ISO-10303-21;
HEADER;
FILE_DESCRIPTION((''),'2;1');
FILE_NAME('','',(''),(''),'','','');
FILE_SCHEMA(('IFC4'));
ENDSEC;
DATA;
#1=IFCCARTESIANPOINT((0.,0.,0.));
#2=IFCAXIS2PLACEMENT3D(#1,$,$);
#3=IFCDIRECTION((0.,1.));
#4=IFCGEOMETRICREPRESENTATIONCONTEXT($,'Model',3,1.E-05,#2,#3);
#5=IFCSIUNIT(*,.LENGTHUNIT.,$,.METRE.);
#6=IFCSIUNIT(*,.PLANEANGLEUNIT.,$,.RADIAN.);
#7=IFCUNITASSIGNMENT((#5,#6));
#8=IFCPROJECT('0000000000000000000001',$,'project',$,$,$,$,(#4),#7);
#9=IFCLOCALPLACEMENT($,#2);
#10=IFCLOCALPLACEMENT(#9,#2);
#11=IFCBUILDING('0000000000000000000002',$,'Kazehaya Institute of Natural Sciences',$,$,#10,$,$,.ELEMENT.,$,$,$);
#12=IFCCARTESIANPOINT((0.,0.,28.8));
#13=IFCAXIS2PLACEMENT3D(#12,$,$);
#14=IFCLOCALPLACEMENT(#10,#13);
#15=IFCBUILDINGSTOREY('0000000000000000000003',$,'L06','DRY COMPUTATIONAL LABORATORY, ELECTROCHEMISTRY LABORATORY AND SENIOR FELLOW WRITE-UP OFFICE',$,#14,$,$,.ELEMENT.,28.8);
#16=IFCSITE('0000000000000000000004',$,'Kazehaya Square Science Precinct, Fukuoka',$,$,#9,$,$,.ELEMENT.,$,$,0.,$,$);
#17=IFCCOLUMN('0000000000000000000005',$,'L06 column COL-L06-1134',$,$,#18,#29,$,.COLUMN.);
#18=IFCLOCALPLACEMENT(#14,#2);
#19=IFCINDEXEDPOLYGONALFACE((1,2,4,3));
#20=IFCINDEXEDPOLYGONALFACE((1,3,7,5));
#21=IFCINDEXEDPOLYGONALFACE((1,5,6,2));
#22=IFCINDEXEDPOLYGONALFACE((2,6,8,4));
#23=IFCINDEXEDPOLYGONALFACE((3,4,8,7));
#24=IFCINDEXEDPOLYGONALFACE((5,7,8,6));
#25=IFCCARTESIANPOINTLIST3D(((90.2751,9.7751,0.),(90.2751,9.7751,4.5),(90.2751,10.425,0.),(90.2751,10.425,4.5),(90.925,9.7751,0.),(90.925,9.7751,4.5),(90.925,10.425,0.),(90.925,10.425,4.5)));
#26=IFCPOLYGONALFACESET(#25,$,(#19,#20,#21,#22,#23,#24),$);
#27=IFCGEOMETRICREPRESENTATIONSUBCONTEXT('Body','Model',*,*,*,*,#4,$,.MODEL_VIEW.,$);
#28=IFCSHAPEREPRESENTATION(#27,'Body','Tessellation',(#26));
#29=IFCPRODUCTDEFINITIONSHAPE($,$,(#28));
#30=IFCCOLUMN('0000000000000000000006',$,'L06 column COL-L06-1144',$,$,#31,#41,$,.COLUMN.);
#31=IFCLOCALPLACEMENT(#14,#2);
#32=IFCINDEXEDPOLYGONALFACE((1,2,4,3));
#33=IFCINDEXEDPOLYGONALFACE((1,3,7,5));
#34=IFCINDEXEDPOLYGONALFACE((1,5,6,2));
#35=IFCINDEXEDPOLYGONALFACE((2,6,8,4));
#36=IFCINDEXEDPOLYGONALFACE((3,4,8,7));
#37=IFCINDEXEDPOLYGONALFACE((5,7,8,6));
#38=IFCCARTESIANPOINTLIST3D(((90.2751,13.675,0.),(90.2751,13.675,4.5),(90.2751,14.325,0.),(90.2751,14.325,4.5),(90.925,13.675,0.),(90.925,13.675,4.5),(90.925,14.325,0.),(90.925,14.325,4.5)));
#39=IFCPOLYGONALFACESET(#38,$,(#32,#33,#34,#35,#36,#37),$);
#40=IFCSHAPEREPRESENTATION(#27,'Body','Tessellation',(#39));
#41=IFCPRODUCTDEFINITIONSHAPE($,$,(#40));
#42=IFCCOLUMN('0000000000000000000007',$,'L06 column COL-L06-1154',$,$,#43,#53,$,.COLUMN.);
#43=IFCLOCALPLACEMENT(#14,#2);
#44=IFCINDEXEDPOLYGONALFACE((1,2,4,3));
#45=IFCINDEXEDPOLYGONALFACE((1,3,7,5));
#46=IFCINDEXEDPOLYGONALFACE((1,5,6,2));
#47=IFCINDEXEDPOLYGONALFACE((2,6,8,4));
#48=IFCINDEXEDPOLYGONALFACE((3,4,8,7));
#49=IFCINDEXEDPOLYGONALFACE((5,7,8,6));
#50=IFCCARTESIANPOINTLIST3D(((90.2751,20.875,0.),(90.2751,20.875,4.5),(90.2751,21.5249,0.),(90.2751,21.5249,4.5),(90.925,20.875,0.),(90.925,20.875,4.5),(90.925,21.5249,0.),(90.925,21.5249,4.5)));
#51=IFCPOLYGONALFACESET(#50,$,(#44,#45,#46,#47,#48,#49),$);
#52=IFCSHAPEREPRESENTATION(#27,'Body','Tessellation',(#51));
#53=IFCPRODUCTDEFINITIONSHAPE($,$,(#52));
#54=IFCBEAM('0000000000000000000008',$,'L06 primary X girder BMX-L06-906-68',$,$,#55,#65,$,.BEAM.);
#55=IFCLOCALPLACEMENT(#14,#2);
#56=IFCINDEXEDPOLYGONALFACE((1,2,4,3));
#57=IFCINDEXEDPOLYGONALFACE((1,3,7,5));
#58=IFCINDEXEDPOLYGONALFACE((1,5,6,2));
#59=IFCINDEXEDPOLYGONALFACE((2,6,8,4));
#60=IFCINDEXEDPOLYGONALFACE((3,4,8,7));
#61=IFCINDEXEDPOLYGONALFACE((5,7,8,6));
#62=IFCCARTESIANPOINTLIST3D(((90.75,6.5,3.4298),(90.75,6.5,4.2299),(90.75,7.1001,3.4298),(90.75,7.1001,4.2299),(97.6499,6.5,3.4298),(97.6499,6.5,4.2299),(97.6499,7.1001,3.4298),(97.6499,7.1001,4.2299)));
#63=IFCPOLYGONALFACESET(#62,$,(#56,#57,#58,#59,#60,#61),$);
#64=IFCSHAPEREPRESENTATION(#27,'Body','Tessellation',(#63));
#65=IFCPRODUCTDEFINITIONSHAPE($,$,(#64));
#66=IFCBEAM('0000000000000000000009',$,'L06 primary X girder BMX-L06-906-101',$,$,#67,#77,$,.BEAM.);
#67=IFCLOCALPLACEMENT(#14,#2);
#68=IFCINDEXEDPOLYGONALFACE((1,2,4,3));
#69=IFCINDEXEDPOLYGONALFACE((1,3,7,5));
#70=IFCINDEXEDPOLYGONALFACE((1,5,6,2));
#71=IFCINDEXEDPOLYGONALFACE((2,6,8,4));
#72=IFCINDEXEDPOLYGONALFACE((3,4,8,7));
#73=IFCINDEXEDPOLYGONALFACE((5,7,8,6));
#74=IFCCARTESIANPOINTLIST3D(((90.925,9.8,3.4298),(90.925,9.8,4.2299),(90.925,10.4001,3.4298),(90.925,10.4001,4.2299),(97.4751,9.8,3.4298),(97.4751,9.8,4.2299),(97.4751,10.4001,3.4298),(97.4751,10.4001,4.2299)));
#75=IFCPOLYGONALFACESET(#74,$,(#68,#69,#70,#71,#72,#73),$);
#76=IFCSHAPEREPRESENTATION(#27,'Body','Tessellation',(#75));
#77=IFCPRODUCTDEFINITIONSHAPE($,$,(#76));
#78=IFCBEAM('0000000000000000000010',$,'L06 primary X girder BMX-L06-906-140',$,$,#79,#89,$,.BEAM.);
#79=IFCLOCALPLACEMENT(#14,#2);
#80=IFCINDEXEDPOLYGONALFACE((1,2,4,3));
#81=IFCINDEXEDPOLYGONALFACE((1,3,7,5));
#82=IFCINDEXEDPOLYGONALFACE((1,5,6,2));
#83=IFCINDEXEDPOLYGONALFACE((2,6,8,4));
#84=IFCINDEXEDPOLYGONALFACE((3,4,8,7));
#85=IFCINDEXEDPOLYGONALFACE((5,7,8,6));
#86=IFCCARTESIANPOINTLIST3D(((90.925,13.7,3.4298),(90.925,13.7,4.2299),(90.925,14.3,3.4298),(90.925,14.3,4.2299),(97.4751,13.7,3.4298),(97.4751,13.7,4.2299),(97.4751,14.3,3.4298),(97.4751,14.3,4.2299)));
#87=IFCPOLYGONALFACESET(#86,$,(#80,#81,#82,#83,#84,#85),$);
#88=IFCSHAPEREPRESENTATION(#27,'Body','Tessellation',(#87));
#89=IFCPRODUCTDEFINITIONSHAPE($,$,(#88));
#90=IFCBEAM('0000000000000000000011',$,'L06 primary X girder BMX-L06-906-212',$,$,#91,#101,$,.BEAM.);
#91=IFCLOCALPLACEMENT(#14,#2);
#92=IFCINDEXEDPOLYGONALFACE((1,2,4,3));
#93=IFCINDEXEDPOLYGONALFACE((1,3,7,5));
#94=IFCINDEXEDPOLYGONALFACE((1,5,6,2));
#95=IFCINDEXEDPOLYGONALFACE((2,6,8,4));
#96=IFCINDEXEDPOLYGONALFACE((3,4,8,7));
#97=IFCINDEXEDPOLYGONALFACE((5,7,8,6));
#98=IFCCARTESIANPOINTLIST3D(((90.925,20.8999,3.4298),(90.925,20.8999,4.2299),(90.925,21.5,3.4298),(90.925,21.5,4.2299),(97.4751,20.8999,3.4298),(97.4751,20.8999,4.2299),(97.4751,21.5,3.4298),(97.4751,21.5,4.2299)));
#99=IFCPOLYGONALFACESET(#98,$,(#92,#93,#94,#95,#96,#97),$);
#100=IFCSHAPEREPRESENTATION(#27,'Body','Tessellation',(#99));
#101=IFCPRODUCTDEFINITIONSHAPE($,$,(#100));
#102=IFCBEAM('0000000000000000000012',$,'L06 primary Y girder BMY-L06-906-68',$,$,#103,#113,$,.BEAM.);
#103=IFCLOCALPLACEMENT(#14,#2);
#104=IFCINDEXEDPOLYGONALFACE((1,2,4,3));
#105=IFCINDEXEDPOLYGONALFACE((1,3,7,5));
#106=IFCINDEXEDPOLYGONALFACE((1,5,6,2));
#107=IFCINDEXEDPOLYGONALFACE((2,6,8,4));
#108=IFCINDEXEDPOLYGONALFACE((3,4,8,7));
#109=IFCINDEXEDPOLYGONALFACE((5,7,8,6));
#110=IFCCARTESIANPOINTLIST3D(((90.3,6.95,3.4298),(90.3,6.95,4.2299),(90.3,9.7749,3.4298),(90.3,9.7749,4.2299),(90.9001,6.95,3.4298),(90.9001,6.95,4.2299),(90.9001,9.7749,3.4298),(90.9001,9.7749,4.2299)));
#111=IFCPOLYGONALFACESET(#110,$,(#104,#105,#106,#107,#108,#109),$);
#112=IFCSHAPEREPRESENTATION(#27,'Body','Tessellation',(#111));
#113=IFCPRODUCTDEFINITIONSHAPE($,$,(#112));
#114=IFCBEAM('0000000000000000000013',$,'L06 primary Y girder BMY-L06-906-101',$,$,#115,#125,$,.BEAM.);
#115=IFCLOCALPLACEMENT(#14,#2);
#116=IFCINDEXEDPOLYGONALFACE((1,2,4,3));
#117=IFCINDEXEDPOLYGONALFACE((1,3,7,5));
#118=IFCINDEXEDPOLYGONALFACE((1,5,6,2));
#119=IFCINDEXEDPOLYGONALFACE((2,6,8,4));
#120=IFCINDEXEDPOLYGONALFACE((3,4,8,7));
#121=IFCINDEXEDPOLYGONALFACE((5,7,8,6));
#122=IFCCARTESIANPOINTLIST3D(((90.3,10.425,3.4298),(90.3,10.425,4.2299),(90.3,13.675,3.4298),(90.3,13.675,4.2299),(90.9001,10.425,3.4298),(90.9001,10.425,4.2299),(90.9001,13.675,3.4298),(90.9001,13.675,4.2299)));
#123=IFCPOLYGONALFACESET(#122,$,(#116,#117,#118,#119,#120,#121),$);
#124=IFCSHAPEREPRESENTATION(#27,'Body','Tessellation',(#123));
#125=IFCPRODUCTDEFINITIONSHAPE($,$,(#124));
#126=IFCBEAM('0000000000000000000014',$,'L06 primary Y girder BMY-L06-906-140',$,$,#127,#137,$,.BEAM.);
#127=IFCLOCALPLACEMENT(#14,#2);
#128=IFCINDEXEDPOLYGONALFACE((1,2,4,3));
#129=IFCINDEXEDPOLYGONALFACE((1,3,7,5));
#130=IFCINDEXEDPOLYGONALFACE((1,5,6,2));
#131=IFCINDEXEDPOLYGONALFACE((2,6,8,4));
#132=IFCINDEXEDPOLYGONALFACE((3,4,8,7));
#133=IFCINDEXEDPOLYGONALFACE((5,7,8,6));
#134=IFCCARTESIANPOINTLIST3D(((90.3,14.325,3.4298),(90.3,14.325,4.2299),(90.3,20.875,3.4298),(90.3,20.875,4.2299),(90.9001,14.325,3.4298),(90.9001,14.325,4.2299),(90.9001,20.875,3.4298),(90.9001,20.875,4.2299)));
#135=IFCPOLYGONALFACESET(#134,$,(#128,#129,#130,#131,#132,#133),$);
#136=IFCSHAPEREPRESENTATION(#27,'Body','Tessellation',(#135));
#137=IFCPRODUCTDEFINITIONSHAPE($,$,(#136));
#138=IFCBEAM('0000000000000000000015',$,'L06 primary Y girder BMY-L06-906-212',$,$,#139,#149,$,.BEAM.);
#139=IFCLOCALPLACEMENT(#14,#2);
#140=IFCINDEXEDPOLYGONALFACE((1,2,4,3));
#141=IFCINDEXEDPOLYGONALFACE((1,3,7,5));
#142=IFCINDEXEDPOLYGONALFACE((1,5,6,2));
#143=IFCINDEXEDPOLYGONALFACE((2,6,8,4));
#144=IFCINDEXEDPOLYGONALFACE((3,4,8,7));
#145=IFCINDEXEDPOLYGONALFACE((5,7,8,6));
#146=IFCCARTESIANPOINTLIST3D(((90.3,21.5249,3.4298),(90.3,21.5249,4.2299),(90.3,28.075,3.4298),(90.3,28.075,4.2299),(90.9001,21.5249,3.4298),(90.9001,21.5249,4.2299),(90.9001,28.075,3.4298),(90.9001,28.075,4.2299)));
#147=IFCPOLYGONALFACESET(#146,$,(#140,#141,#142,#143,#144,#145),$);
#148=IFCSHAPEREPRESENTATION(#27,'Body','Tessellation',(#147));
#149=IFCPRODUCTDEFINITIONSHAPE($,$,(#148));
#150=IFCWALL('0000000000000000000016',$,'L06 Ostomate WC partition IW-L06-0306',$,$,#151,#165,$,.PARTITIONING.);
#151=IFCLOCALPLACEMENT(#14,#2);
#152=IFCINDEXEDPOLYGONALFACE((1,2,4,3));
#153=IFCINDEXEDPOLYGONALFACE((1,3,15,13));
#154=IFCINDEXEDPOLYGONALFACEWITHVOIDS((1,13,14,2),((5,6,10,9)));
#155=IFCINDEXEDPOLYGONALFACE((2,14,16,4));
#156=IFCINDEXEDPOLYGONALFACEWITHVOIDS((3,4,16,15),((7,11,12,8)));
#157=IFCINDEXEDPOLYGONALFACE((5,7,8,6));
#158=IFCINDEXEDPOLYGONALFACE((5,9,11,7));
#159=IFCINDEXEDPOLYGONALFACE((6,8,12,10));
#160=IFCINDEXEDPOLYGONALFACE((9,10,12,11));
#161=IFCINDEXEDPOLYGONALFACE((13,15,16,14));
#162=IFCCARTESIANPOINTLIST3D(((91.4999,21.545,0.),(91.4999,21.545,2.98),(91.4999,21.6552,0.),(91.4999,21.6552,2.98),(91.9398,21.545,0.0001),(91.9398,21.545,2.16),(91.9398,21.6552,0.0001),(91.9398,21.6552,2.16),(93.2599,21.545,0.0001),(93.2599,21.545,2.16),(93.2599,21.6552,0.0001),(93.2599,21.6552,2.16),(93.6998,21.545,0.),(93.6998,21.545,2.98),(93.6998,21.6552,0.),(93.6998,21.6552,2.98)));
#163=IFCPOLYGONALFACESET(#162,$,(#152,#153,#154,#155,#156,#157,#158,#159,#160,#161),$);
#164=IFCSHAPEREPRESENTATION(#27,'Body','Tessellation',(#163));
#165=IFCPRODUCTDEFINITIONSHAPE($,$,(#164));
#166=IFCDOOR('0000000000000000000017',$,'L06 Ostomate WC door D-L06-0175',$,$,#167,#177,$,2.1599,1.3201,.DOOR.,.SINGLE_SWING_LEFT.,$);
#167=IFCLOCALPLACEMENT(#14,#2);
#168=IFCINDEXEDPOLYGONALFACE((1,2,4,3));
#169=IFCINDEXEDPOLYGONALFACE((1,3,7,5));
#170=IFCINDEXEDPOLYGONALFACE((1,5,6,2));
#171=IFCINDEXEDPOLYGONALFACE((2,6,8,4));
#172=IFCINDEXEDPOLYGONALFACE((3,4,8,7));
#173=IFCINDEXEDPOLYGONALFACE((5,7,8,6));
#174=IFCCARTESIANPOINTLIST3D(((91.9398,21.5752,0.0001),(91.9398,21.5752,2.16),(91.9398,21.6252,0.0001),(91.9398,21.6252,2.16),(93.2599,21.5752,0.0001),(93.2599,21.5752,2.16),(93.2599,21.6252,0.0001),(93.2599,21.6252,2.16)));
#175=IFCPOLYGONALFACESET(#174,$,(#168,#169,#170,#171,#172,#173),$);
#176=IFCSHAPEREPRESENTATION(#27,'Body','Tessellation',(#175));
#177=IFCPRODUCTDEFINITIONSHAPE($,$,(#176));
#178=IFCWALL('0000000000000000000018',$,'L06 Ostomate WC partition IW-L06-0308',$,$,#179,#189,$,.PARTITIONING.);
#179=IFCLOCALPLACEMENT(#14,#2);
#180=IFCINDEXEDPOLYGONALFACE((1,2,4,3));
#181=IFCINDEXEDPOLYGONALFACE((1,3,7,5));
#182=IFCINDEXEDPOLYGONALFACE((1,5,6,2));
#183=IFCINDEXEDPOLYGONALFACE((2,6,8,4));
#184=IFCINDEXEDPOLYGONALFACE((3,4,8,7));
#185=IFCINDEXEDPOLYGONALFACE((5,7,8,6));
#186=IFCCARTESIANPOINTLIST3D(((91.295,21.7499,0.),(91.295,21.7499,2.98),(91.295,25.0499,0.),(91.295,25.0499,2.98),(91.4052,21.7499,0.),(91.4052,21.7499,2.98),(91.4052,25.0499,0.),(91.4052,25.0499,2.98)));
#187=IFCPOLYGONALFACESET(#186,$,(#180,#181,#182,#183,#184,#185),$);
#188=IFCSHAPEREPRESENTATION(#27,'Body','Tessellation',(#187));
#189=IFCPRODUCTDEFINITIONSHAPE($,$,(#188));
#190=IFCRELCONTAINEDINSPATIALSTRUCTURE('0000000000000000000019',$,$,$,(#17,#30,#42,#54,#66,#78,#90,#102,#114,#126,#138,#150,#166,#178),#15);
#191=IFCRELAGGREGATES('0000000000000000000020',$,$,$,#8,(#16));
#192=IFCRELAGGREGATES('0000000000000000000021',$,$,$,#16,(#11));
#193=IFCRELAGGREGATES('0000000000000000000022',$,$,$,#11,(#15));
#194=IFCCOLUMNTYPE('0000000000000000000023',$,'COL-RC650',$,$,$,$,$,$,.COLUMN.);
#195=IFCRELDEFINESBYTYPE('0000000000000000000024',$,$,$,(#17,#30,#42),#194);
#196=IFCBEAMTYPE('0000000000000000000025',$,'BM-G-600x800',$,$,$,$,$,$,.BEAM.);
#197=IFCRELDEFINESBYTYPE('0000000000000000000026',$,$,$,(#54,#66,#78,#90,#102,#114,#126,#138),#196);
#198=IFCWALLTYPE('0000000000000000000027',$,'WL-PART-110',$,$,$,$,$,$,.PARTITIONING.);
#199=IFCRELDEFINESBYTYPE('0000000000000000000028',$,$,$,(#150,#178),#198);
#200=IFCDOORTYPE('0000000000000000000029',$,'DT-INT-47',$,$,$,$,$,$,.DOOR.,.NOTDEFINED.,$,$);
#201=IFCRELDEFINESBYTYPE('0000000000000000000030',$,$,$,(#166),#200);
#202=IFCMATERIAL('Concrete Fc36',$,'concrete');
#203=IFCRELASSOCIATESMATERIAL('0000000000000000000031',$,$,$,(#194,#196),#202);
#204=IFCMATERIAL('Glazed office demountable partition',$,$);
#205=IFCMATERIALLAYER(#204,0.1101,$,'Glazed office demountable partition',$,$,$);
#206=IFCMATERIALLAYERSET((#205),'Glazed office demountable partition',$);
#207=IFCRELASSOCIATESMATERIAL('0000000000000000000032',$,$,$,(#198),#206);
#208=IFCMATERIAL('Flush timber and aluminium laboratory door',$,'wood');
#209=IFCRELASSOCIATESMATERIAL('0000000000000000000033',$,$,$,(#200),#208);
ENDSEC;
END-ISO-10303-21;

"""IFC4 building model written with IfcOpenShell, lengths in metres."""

from ifc_helpers import new_model, si_unit, direction, frame, frame_2d, origin, origin_2d, place, context, subcontext, project, spatial, rectangle, extrude, material, layer, layer_set, material_profile, profile_set, type_object, element, fill, save


model = new_model("IFC4")

# Units and contexts
model_context = context("Model", 3, precision=1e-05, world=origin(), true_north=direction((0.0, 1.0)))
body_context = subcontext(model_context, "Body", "Model", "MODEL_VIEW")
ifc_project = project(units=[si_unit("LENGTHUNIT", "METRE"), si_unit("PLANEANGLEUNIT", "RADIAN")], contexts=[model_context])

# Site, building, storey
site_placement = place(None, origin())
site = spatial("IfcSite", under=ifc_project, at=site_placement, Name="Kazehaya Square Science Precinct, Fukuoka", CompositionType="ELEMENT", RefElevation=0.0)
building_placement = place(site_placement, origin())
building = spatial("IfcBuilding", under=site, at=building_placement, Name="Kazehaya Institute of Natural Sciences", CompositionType="ELEMENT")
storey_placement = place(building_placement, frame((0.0, 0.0, 28.8)))
storey = spatial("IfcBuildingStorey", under=building, at=storey_placement, Name="L06", Description="DRY COMPUTATIONAL LABORATORY, ELECTROCHEMISTRY LABORATORY AND SENIOR FELLOW WRITE-UP OFFICE", CompositionType="ELEMENT", Elevation=28.8)

# Columns
ifc_material_1 = material(Name="Concrete Fc36", Category="concrete")
ifc_material_profile_1 = material_profile(ifc_material_1, rectangle(XDim=0.6499, YDim=0.6499, at=origin_2d()), Name="RC-650x650")
ifc_profile_set_1 = profile_set([ifc_material_profile_1], Name="Concrete Fc36")
column_type = type_object("IfcColumnType", Name="COL-RC650", PredefinedType="COLUMN", material=ifc_profile_set_1)
for number, where, z_axis, x_axis, name in (
    (1, (90.6001, 10.1001, 0.0), (0.0, 0.0, 1.0), (1.0, 0.0, 0.0), "L06 column COL-L06-1134"),
    (2, (90.6001, 14.0, 0.0), (0.0, 0.0, 1.0), (1.0, 0.0, 0.0), "L06 column COL-L06-1144"),
    (3, (90.6001, 21.2, 0.0), (0.0, 0.0, 1.0), (1.0, 0.0, 0.0), "L06 column COL-L06-1154"),
):
    element("IfcColumn", number, at=place(storey_placement, frame(where, z_axis=z_axis, x_axis=x_axis)), inside=storey, type_object=column_type, Name=name, PredefinedType="COLUMN", context=body_context, shape_type="SweptSolid", body=[
        extrude(rectangle(XDim=0.6499, YDim=0.6499, at=origin_2d()), origin(), (0.0, 0.0, 1.0), 4.5),
    ])

# Beams
ifc_material_profile_2 = material_profile(ifc_material_1, rectangle(XDim=0.6001, YDim=0.8, at=origin_2d()), Name="RC-600x800")
ifc_profile_set_2 = profile_set([ifc_material_profile_2], Name="Concrete Fc36")
beam_type = type_object("IfcBeamType", Name="BM-G-600x800", PredefinedType="BEAM", material=ifc_profile_set_2)
beam_1_placement = place(storey_placement, frame((90.75, 6.8, 3.8298), z_axis=(1.0, 0.0, 0.0), x_axis=(0.0, 1.0, 0.0)))
element("IfcBeam", 4, at=beam_1_placement, inside=storey, type_object=beam_type, Name="L06 primary X girder BMX-L06-906-68", PredefinedType="BEAM", context=body_context, shape_type="SweptSolid", body=[
    extrude(rectangle(XDim=0.6001, YDim=0.8, at=origin_2d()), origin(), (0.0, 0.0, 1.0), 6.8999),
])
for number, where, z_axis, x_axis, name in (
    (5, (90.925, 10.1001, 3.8298), (1.0, 0.0, 0.0), (0.0, 1.0, 0.0), "L06 primary X girder BMX-L06-906-101"),
    (6, (90.925, 14.0, 3.8298), (1.0, 0.0, 0.0), (0.0, 1.0, 0.0), "L06 primary X girder BMX-L06-906-140"),
    (7, (90.925, 21.2, 3.8298), (1.0, 0.0, 0.0), (0.0, 1.0, 0.0), "L06 primary X girder BMX-L06-906-212"),
):
    element("IfcBeam", number, at=place(storey_placement, frame(where, z_axis=z_axis, x_axis=x_axis)), inside=storey, type_object=beam_type, Name=name, PredefinedType="BEAM", context=body_context, shape_type="SweptSolid", body=[
        extrude(rectangle(XDim=0.6001, YDim=0.8, at=origin_2d()), origin(), (0.0, 0.0, 1.0), 6.55),
    ])
beam_2_placement = place(storey_placement, frame((90.6001, 6.95, 3.8298), z_axis=(0.0, 1.0, 0.0), x_axis=(-1.0, 0.0, 0.0)))
element("IfcBeam", 8, at=beam_2_placement, inside=storey, type_object=beam_type, Name="L06 primary Y girder BMY-L06-906-68", PredefinedType="BEAM", context=body_context, shape_type="SweptSolid", body=[
    extrude(rectangle(XDim=0.6001, YDim=0.8, at=origin_2d()), origin(), (0.0, 0.0, 1.0), 2.825),
])
beam_3_placement = place(storey_placement, frame((90.6001, 10.425, 3.8298), z_axis=(0.0, 1.0, 0.0), x_axis=(-1.0, 0.0, 0.0)))
element("IfcBeam", 9, at=beam_3_placement, inside=storey, type_object=beam_type, Name="L06 primary Y girder BMY-L06-906-101", PredefinedType="BEAM", context=body_context, shape_type="SweptSolid", body=[
    extrude(rectangle(XDim=0.6001, YDim=0.8, at=origin_2d()), origin(), (0.0, 0.0, 1.0), 3.25),
])
for number, where, z_axis, x_axis, name in (
    (10, (90.6001, 14.325, 3.8298), (0.0, 1.0, 0.0), (-1.0, 0.0, 0.0), "L06 primary Y girder BMY-L06-906-140"),
    (11, (90.6001, 21.5249, 3.8298), (0.0, 1.0, 0.0), (-1.0, 0.0, 0.0), "L06 primary Y girder BMY-L06-906-212"),
):
    element("IfcBeam", number, at=place(storey_placement, frame(where, z_axis=z_axis, x_axis=x_axis)), inside=storey, type_object=beam_type, Name=name, PredefinedType="BEAM", context=body_context, shape_type="SweptSolid", body=[
        extrude(rectangle(XDim=0.6001, YDim=0.8, at=origin_2d()), origin(), (0.0, 0.0, 1.0), 6.55),
    ])

# Wall, opening, door
ifc_material_2 = material(Name="Glazed office demountable partition")
ifc_layer_1 = layer(ifc_material_2, 0.1101, Name="Glazed office demountable partition")
ifc_layer_set_1 = layer_set([ifc_layer_1], Name="Glazed office demountable partition")
wall_type_1 = type_object("IfcWallType", Name="WL-PART-110", PredefinedType="PARTITIONING", material=ifc_layer_set_1)
wall_1_placement = place(storey_placement, frame((93.7, 21.6001, 0.0), z_axis=(0.0, 0.0, 1.0), x_axis=(-1.0, 0.0, 0.0)))
wall_1 = element("IfcWall", 12, at=wall_1_placement, inside=storey, type_object=wall_type_1, Name="L06 Ostomate WC partition IW-L06-0306", PredefinedType="PARTITIONING", context=body_context, shape_type="SweptSolid", body=[
    extrude(rectangle(XDim=2.2, YDim=0.1101, at=frame_2d((1.1001, 0.0))), origin(), (0.0, 0.0, 1.0), 2.98),
])
opening_1_placement = place(wall_1_placement, frame((0.4399, 0.0, 0.0)))
opening_1 = element("IfcOpeningElement", 13, at=opening_1_placement, cuts=wall_1, PredefinedType="OPENING", context=body_context, shape_type="SweptSolid", body=[
    extrude(rectangle(XDim=1.3201, YDim=2.1599, at=frame_2d((0.6602, 1.0801))), frame((0.0, 0.0649, 0.0), z_axis=(0.0, -1.0, 0.0), x_axis=(1.0, 0.0, 0.0)), (0.0, 0.0, 1.0), 0.1301),
])
ifc_material_3 = material(Name="Flush timber and aluminium laboratory door", Category="wood")
door_type_1 = type_object("IfcDoorType", Name="DT-INT-47", OperationType="NOTDEFINED", PredefinedType="DOOR", material=ifc_material_3)
door_1_placement = place(opening_1_placement, origin())
door_1 = element("IfcDoor", 14, at=door_1_placement, inside=storey, type_object=door_type_1, Name="L06 Ostomate WC door D-L06-0175", OperationType="SINGLE_SWING_LEFT", OverallHeight=2.1599, OverallWidth=1.3201, PredefinedType="DOOR", context=body_context, shape_type="SweptSolid", body=[
    extrude(rectangle(XDim=1.3201, YDim=2.1599, at=frame_2d((0.6602, 1.0801))), frame((0.0, 0.0249, 0.0), z_axis=(0.0, -1.0, 0.0), x_axis=(1.0, 0.0, 0.0)), (0.0, 0.0, 1.0), 0.05),
])
fill(opening_1, door_1)

# Wall
wall_2_placement = place(storey_placement, frame((91.3501, 21.75, 0.0), z_axis=(0.0, 0.0, 1.0), x_axis=(0.0, 1.0, 0.0)))
element("IfcWall", 15, at=wall_2_placement, inside=storey, type_object=wall_type_1, Name="L06 Ostomate WC partition IW-L06-0308", PredefinedType="PARTITIONING", context=body_context, shape_type="SweptSolid", body=[
    extrude(rectangle(XDim=3.3, YDim=0.1101, at=frame_2d((1.6499, 0.0))), origin(), (0.0, 0.0, 1.0), 2.98),
])

save(model, "model.ifc")
